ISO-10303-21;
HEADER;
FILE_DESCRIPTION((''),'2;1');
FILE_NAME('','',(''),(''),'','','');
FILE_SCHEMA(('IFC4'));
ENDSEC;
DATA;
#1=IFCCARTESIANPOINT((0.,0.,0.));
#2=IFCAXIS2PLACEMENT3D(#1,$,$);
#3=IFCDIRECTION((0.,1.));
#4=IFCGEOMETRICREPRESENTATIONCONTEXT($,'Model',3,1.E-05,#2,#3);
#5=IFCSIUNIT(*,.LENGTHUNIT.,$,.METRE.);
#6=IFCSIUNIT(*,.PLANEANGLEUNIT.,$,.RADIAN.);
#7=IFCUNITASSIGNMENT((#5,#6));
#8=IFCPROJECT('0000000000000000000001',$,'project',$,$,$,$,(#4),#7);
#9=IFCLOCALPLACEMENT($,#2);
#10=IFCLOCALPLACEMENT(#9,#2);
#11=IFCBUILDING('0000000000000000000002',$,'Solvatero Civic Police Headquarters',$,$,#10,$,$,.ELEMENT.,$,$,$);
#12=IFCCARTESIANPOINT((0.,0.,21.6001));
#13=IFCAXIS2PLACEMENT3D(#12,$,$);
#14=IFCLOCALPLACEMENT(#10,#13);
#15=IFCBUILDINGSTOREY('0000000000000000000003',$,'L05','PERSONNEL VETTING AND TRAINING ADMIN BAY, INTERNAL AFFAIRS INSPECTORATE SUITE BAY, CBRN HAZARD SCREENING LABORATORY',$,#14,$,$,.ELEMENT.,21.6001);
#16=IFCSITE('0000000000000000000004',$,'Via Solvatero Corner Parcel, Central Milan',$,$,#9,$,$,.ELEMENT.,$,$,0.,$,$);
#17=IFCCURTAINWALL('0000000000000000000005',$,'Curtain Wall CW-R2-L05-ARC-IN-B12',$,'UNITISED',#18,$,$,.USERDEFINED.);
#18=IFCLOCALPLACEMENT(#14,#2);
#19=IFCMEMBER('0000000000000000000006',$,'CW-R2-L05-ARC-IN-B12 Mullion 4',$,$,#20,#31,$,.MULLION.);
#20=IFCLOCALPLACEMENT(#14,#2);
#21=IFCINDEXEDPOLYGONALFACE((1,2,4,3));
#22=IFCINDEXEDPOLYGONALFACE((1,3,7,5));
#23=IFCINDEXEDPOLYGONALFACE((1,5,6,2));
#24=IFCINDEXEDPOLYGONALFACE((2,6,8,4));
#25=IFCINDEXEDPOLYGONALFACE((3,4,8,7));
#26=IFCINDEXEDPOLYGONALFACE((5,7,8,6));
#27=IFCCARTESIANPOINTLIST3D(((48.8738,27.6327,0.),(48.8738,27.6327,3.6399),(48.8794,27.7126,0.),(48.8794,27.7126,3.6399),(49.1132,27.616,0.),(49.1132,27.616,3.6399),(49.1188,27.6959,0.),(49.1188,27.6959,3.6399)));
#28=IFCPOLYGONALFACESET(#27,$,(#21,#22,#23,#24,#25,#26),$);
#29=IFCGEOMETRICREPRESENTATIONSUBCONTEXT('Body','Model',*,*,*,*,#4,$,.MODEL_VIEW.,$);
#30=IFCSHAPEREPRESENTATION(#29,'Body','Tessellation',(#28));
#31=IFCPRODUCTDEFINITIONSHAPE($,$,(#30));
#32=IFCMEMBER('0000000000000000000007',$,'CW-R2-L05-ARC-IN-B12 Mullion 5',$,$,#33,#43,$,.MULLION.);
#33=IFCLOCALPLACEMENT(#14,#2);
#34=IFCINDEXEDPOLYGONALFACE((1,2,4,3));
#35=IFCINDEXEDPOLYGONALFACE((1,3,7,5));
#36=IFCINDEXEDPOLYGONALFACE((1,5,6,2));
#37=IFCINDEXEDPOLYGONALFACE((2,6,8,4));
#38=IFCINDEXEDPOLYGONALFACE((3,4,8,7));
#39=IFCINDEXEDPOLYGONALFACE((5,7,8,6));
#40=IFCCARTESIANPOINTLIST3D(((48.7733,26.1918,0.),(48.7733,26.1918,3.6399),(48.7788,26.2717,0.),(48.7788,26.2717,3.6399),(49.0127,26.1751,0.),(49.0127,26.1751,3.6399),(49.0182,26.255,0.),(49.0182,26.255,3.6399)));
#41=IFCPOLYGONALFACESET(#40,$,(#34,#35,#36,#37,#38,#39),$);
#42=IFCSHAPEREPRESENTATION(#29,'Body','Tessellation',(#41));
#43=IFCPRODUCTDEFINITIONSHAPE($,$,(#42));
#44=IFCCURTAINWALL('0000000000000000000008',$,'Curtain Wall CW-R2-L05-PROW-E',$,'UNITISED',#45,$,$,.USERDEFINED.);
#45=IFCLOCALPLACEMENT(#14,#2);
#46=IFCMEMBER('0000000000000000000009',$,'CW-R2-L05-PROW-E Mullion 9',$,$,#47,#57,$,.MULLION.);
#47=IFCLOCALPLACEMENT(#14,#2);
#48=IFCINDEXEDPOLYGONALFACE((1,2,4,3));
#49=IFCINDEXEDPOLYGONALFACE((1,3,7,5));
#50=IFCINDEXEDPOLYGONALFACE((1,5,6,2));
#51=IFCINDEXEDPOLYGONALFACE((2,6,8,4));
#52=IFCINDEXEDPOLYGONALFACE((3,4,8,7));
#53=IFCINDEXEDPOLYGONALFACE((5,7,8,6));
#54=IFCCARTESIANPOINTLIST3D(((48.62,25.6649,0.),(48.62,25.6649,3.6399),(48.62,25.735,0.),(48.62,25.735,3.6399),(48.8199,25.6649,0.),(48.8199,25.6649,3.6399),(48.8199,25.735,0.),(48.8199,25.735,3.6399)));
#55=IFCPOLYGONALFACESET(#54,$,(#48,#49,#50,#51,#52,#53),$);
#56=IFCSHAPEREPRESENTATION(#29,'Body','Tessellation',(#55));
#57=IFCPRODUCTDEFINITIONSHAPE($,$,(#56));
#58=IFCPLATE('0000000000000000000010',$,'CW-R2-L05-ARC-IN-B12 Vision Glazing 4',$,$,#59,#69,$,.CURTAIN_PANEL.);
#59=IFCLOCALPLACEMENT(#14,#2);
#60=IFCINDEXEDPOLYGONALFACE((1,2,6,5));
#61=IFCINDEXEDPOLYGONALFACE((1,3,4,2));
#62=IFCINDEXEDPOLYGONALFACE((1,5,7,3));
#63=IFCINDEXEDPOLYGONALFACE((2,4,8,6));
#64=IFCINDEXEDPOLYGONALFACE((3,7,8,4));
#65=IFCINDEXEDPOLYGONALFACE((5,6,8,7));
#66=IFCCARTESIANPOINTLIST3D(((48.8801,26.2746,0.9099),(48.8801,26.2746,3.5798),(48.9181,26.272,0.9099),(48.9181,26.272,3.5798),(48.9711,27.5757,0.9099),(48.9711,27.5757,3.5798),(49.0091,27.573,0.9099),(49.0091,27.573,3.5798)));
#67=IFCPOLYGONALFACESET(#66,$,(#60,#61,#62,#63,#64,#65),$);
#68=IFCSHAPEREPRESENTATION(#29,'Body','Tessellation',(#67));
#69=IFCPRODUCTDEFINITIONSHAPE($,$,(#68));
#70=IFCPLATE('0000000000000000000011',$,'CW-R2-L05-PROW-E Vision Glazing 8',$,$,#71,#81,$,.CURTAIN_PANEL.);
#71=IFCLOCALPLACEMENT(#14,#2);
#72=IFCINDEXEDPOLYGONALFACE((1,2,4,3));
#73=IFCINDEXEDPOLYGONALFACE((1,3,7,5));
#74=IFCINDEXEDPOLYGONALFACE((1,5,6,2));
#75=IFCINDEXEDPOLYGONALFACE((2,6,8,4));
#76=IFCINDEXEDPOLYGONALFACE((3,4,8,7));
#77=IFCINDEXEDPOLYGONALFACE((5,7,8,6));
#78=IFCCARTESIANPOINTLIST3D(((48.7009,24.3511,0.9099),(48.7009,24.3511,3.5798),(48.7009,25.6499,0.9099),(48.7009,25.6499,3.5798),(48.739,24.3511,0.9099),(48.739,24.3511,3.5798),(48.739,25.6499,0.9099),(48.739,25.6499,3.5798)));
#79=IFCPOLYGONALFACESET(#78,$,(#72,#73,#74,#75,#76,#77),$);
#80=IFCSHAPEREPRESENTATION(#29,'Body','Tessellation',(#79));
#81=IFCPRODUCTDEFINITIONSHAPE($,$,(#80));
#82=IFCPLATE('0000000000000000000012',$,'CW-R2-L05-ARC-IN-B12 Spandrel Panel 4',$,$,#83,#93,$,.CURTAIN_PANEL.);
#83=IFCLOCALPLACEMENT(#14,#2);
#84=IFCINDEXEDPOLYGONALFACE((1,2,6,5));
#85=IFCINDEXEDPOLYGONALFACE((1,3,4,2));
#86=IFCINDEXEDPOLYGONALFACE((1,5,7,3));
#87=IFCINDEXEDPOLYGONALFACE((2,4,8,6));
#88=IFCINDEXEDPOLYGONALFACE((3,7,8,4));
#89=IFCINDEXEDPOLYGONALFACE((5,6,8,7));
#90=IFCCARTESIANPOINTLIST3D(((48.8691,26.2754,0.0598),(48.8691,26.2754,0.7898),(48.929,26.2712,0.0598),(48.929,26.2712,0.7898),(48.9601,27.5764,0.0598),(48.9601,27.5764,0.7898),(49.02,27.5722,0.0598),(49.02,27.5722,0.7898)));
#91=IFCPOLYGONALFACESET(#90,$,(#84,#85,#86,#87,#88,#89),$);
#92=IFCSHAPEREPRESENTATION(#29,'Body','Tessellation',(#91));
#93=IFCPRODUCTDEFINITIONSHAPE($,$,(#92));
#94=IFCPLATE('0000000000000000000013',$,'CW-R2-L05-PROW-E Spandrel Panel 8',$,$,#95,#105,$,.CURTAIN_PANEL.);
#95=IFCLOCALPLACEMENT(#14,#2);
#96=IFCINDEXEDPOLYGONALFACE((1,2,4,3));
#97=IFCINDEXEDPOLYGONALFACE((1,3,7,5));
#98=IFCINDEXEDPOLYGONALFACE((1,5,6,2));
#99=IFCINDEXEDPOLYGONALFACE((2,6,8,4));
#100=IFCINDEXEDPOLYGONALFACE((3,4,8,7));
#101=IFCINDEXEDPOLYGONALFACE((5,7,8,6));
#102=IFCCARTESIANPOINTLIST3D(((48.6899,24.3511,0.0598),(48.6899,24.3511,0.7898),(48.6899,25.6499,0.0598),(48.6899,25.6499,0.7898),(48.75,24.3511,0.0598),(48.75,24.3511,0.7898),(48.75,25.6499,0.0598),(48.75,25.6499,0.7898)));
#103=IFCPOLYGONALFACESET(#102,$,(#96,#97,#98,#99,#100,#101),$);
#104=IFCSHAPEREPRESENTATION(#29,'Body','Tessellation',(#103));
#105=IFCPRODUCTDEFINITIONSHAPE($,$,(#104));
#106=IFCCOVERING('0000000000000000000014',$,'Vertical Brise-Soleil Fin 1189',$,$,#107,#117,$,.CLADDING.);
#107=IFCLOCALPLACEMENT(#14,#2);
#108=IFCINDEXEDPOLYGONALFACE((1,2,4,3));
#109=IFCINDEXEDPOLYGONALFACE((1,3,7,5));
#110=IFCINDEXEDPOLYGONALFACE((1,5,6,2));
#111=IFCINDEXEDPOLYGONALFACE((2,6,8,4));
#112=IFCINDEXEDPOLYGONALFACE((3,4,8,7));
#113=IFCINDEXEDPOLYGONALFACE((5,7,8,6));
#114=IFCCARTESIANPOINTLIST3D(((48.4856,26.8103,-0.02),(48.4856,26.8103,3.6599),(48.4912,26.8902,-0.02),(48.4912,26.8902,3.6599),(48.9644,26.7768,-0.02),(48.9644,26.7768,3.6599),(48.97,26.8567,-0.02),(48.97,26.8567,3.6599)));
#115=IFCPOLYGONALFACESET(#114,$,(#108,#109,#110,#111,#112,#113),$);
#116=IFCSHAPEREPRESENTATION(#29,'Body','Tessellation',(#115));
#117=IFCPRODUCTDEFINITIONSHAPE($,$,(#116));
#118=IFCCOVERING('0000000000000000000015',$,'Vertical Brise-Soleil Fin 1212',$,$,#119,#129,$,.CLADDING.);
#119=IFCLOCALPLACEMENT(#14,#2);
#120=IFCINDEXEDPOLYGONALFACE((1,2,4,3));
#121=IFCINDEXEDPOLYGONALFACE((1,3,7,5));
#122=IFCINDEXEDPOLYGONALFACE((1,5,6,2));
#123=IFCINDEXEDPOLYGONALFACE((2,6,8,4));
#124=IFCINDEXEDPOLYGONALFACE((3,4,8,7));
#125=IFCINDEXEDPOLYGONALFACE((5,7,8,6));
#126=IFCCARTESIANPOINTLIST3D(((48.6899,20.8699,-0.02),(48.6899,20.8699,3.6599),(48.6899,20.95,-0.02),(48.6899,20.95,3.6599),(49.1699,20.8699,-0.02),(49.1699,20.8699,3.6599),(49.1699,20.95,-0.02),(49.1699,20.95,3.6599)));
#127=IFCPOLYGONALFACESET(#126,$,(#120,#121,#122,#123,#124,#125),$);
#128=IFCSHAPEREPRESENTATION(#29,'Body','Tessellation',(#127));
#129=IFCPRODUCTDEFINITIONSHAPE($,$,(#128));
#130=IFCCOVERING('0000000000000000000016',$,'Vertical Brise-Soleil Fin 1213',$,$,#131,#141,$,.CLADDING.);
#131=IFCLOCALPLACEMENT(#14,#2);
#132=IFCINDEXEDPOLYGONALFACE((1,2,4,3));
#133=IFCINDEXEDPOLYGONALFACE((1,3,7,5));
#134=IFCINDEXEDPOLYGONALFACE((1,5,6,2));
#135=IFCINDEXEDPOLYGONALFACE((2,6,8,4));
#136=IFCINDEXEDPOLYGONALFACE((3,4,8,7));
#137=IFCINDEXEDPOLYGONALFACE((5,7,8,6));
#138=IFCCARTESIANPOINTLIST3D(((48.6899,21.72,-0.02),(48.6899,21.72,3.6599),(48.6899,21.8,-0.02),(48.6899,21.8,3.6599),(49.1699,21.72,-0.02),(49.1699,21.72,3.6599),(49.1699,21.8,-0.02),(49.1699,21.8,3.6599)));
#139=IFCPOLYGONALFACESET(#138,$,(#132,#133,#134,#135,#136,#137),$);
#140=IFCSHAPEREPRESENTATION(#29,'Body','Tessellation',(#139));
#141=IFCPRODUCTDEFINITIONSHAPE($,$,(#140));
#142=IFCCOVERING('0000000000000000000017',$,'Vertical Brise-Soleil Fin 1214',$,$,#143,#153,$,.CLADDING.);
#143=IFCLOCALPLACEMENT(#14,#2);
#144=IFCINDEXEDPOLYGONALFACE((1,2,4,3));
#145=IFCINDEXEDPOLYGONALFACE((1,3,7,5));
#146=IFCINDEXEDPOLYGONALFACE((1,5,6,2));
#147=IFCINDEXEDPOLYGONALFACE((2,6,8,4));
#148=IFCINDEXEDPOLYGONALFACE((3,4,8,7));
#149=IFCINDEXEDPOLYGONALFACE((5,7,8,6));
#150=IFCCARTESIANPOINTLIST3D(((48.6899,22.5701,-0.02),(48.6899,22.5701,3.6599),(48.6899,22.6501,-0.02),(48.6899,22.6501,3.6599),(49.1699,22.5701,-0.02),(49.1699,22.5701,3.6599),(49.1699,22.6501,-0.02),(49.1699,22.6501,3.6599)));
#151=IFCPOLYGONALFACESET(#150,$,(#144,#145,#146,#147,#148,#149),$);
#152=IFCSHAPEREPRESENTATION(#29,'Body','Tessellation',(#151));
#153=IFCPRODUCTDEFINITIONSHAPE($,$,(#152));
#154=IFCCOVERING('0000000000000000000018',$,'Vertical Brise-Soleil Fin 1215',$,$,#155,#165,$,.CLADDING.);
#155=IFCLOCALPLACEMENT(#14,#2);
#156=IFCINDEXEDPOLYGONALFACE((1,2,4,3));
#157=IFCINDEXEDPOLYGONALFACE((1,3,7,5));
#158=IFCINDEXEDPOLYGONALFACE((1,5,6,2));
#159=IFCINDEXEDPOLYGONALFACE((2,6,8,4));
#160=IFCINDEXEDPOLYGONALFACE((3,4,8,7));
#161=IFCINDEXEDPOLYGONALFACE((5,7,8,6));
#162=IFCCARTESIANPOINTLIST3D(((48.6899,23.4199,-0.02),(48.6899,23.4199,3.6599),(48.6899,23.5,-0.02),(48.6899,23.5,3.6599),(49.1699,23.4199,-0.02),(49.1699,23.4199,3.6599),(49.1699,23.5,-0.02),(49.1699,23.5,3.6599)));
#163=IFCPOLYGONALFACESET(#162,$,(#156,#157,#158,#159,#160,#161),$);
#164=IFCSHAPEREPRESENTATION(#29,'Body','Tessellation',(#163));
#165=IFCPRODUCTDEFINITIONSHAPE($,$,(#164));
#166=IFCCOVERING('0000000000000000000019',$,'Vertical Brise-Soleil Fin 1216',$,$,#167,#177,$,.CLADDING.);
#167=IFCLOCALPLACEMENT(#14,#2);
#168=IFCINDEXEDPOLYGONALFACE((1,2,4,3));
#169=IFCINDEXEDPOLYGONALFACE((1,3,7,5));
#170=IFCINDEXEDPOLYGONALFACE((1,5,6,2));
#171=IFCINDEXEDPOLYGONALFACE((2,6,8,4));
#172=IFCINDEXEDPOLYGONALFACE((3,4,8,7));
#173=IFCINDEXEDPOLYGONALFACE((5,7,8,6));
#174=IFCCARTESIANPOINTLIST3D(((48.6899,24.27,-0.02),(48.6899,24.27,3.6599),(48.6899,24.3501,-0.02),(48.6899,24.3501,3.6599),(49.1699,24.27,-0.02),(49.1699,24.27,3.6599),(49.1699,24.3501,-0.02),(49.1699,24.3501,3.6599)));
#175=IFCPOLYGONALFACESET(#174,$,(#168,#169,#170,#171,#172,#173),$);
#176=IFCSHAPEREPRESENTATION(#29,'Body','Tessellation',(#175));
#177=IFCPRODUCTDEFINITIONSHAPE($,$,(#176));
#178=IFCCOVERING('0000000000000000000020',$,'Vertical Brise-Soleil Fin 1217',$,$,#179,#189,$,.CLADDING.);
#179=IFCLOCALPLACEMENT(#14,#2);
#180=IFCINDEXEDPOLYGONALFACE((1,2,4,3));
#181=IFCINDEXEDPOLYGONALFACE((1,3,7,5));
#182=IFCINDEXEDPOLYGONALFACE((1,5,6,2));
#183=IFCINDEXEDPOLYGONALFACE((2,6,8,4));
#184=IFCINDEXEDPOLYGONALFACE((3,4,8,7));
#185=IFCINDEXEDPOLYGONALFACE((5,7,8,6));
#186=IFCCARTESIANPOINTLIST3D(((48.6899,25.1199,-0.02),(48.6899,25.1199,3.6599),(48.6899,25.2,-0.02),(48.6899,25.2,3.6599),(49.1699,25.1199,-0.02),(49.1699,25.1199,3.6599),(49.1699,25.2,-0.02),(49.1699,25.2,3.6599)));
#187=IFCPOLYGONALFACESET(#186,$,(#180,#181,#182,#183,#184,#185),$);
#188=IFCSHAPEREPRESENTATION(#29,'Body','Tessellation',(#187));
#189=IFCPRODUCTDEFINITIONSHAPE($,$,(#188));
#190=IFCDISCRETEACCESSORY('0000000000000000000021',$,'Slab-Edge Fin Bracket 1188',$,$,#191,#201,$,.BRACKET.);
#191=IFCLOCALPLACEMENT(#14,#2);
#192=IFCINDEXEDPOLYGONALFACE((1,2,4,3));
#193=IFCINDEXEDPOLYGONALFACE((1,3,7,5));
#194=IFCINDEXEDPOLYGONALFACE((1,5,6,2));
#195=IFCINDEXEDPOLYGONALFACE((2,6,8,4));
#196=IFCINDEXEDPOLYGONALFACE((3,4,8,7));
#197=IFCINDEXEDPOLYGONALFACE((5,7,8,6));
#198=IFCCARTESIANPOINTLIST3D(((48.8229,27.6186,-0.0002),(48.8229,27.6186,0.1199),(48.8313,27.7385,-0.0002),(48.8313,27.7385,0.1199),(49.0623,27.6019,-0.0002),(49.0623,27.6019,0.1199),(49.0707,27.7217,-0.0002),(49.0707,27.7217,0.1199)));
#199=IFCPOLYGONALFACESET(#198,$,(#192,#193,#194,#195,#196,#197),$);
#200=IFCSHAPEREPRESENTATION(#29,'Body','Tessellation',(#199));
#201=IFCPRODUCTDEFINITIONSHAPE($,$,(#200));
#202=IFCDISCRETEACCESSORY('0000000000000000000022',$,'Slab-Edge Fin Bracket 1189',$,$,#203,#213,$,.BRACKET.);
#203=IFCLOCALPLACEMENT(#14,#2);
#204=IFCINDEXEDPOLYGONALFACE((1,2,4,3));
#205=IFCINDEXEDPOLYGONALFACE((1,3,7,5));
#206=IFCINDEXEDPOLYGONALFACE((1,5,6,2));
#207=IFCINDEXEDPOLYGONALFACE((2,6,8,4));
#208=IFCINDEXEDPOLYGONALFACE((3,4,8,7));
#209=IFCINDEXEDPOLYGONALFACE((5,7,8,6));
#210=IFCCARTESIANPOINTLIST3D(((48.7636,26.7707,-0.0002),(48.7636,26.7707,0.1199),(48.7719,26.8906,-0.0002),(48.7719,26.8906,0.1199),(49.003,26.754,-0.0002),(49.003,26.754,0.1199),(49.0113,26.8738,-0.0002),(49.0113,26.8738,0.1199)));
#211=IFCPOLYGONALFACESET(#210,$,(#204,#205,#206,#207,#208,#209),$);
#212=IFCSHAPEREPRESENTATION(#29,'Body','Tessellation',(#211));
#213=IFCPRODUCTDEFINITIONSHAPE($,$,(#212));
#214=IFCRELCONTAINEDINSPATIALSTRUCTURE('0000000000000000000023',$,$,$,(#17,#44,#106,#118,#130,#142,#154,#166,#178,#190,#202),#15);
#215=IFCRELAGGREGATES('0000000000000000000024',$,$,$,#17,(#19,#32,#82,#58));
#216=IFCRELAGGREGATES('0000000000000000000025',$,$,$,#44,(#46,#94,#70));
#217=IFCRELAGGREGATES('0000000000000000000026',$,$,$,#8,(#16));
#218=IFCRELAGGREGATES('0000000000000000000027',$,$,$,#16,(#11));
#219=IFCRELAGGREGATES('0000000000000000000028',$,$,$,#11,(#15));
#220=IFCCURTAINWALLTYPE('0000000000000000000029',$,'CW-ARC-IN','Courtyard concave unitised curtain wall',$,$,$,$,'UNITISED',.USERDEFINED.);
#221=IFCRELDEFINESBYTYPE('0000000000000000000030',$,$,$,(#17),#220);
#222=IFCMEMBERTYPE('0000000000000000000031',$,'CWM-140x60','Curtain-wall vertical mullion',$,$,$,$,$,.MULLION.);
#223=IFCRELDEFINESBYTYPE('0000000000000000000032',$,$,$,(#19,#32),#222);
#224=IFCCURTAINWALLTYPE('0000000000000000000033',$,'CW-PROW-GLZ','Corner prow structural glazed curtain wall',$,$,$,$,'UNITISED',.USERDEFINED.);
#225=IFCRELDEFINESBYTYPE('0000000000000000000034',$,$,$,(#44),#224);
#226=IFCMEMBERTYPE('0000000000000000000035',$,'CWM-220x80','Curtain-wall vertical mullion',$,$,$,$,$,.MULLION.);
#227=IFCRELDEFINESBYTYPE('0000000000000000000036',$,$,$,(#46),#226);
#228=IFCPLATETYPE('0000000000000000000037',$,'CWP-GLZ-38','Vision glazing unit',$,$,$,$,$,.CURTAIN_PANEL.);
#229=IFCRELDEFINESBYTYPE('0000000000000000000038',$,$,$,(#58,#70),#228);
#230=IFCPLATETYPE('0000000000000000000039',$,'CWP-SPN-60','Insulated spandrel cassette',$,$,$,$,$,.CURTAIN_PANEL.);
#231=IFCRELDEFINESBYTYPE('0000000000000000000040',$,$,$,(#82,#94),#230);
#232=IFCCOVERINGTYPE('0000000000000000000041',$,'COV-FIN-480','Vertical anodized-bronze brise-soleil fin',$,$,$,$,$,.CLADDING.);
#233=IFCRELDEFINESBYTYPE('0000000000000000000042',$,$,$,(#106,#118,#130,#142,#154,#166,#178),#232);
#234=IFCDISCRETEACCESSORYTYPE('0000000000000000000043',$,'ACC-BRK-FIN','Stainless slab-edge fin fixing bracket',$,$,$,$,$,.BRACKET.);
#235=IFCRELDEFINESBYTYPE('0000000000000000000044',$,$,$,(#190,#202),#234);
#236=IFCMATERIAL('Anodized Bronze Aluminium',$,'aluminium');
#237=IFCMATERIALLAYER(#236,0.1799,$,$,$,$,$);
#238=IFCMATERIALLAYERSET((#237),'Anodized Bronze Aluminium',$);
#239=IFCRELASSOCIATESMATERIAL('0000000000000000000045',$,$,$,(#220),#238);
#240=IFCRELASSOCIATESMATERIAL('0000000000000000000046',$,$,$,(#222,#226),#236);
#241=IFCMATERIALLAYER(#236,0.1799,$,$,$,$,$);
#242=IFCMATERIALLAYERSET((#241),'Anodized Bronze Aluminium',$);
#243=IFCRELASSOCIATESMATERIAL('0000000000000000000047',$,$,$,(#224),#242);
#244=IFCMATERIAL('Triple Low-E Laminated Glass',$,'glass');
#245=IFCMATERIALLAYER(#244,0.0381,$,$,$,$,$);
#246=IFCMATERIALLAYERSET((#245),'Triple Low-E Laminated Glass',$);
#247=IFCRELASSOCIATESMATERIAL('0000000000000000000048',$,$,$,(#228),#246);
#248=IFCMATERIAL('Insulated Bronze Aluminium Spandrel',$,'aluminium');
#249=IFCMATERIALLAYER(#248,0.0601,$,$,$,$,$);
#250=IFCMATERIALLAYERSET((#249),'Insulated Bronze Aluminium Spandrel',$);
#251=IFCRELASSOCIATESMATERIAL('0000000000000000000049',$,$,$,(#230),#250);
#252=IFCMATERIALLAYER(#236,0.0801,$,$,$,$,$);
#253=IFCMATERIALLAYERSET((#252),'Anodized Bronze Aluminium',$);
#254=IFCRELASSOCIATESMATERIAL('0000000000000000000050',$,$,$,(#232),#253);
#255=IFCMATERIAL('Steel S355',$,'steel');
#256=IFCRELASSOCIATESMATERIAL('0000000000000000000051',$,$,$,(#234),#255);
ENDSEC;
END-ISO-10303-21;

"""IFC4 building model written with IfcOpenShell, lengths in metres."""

from ifc_helpers import new_model, si_unit, direction, frame, origin, origin_2d, place, context, subcontext, project, spatial, rectangle, extrude, material, layer, layer_set, material_profile, profile_set, type_object, element, aggregate, save


model = new_model("IFC4")

# Units and contexts
model_context = context("Model", 3, precision=1e-05, world=origin(), true_north=direction((0.0, 1.0)))
body_context = subcontext(model_context, "Body", "Model", "MODEL_VIEW")
ifc_project = project(units=[si_unit("LENGTHUNIT", "METRE"), si_unit("PLANEANGLEUNIT", "RADIAN")], contexts=[model_context])

# Site, building, storey
site_placement = place(None, origin())
site = spatial("IfcSite", under=ifc_project, at=site_placement, Name="Via Solvatero Corner Parcel, Central Milan", CompositionType="ELEMENT", RefElevation=0.0)
building_placement = place(site_placement, origin())
building = spatial("IfcBuilding", under=site, at=building_placement, Name="Solvatero Civic Police Headquarters", CompositionType="ELEMENT")
storey_placement = place(building_placement, frame((0.0, 0.0, 21.6001)))
storey = spatial("IfcBuildingStorey", under=building, at=storey_placement, Name="L05", Description="PERSONNEL VETTING AND TRAINING ADMIN BAY, INTERNAL AFFAIRS INSPECTORATE SUITE BAY, CBRN HAZARD SCREENING LABORATORY", CompositionType="ELEMENT", Elevation=21.6001)

# Curtain wall, members
ifc_material_1 = material(Name="Anodized Bronze Aluminium", Category="aluminium")
ifc_layer_1 = layer(ifc_material_1, 0.1799)
ifc_layer_set_1 = layer_set([ifc_layer_1], Name="Anodized Bronze Aluminium")
curtain_wall_type_1 = type_object("IfcCurtainWallType", Name="CW-ARC-IN", Description="Courtyard concave unitised curtain wall", ElementType="UNITISED", PredefinedType="USERDEFINED", material=ifc_layer_set_1)
curtain_wall_1_placement = place(storey_placement, origin())
curtain_wall_1 = element("IfcCurtainWall", 1, at=curtain_wall_1_placement, inside=storey, type_object=curtain_wall_type_1, Name="Curtain Wall CW-R2-L05-ARC-IN-B12", ObjectType="UNITISED", PredefinedType="USERDEFINED")
ifc_material_profile_1 = material_profile(ifc_material_1, rectangle(XDim=0.0801, YDim=0.24, at=origin_2d()), Name="ALU MULLION 80x240")
ifc_profile_set_1 = profile_set([ifc_material_profile_1], Name="Anodized Bronze Aluminium")
member_type_1 = type_object("IfcMemberType", Name="CWM-140x60", Description="Curtain-wall vertical mullion", PredefinedType="MULLION", material=ifc_profile_set_1)
member_1_placement = place(storey_placement, frame((48.9963, 27.6643, 0.0), z_axis=(0.0, 0.0, 1.0), x_axis=(-0.069774, -0.997563, 0.0)))
member_1 = element("IfcMember", 2, at=member_1_placement, type_object=member_type_1, Name="CW-R2-L05-ARC-IN-B12 Mullion 4", PredefinedType="MULLION", context=body_context, shape_type="SweptSolid", body=[
    extrude(rectangle(XDim=0.0801, YDim=0.24, at=origin_2d()), origin(), (0.0, 0.0, 1.0), 3.6399),
])
member_2_placement = place(storey_placement, frame((48.8958, 26.2234, 0.0), z_axis=(0.0, 0.0, 1.0), x_axis=(-0.069774, -0.997563, 0.0)))
member_2 = element("IfcMember", 3, at=member_2_placement, type_object=member_type_1, Name="CW-R2-L05-ARC-IN-B12 Mullion 5", PredefinedType="MULLION", context=body_context, shape_type="SweptSolid", body=[
    extrude(rectangle(XDim=0.0801, YDim=0.24, at=origin_2d()), origin(), (0.0, 0.0, 1.0), 3.6399),
])

# Curtain wall, member
ifc_layer_2 = layer(ifc_material_1, 0.1799)
ifc_layer_set_2 = layer_set([ifc_layer_2], Name="Anodized Bronze Aluminium")
curtain_wall_type_2 = type_object("IfcCurtainWallType", Name="CW-PROW-GLZ", Description="Corner prow structural glazed curtain wall", ElementType="UNITISED", PredefinedType="USERDEFINED", material=ifc_layer_set_2)
curtain_wall_2_placement = place(storey_placement, origin())
curtain_wall_2 = element("IfcCurtainWall", 4, at=curtain_wall_2_placement, inside=storey, type_object=curtain_wall_type_2, Name="Curtain Wall CW-R2-L05-PROW-E", ObjectType="UNITISED", PredefinedType="USERDEFINED")
ifc_material_profile_2 = material_profile(ifc_material_1, rectangle(XDim=0.0701, YDim=0.2, at=origin_2d()), Name="ALU MULLION 70x200")
ifc_profile_set_2 = profile_set([ifc_material_profile_2], Name="Anodized Bronze Aluminium")
member_type_2 = type_object("IfcMemberType", Name="CWM-220x80", Description="Curtain-wall vertical mullion", PredefinedType="MULLION", material=ifc_profile_set_2)
member_3_placement = place(storey_placement, frame((48.72, 25.7, 0.0), z_axis=(0.0, 0.0, 1.0), x_axis=(0.0, 1.0, 0.0)))
member_3 = element("IfcMember", 5, at=member_3_placement, type_object=member_type_2, Name="CW-R2-L05-PROW-E Mullion 9", PredefinedType="MULLION", context=body_context, shape_type="SweptSolid", body=[
    extrude(rectangle(XDim=0.0701, YDim=0.2, at=origin_2d()), origin(), (0.0, 0.0, 1.0), 3.6399),
])

# Plates
ifc_material_2 = material(Name="Triple Low-E Laminated Glass", Category="glass")
ifc_layer_3 = layer(ifc_material_2, 0.0381)
ifc_layer_set_3 = layer_set([ifc_layer_3], Name="Triple Low-E Laminated Glass")
plate_type_1 = type_object("IfcPlateType", Name="CWP-GLZ-38", Description="Vision glazing unit", PredefinedType="CURTAIN_PANEL", material=ifc_layer_set_3)
plate_1_placement = place(storey_placement, frame((48.9446, 26.9238, 0.9099), z_axis=(0.0, 0.0, 1.0), x_axis=(-0.069774, -0.997563, 0.0)))
plate_1 = element("IfcPlate", 6, at=plate_1_placement, type_object=plate_type_1, Name="CW-R2-L05-ARC-IN-B12 Vision Glazing 4", PredefinedType="CURTAIN_PANEL", context=body_context, shape_type="SweptSolid", body=[
    extrude(rectangle(XDim=1.3042, YDim=0.0381, at=origin_2d()), origin(), (0.0, 0.0, 1.0), 2.6699),
])
plate_2_placement = place(storey_placement, frame((48.72, 25.0005, 0.9099), z_axis=(0.0, 0.0, 1.0), x_axis=(0.0, 1.0, 0.0)))
plate_2 = element("IfcPlate", 7, at=plate_2_placement, type_object=plate_type_1, Name="CW-R2-L05-PROW-E Vision Glazing 8", PredefinedType="CURTAIN_PANEL", context=body_context, shape_type="SweptSolid", body=[
    extrude(rectangle(XDim=1.2988, YDim=0.0381, at=origin_2d()), origin(), (0.0, 0.0, 1.0), 2.6699),
])
ifc_material_3 = material(Name="Insulated Bronze Aluminium Spandrel", Category="aluminium")
ifc_layer_4 = layer(ifc_material_3, 0.0601)
ifc_layer_set_4 = layer_set([ifc_layer_4], Name="Insulated Bronze Aluminium Spandrel")
plate_type_2 = type_object("IfcPlateType", Name="CWP-SPN-60", Description="Insulated spandrel cassette", PredefinedType="CURTAIN_PANEL", material=ifc_layer_set_4)
plate_3_placement = place(storey_placement, frame((48.9446, 26.9238, 0.0598), z_axis=(0.0, 0.0, 1.0), x_axis=(-0.069774, -0.997563, 0.0)))
plate_3 = element("IfcPlate", 8, at=plate_3_placement, type_object=plate_type_2, Name="CW-R2-L05-ARC-IN-B12 Spandrel Panel 4", PredefinedType="CURTAIN_PANEL", context=body_context, shape_type="SweptSolid", body=[
    extrude(rectangle(XDim=1.3042, YDim=0.0601, at=origin_2d()), origin(), (0.0, 0.0, 1.0), 0.73),
])
aggregate(curtain_wall_1, [member_1, member_2, plate_3, plate_1])
plate_4_placement = place(storey_placement, frame((48.72, 25.0005, 0.0598), z_axis=(0.0, 0.0, 1.0), x_axis=(0.0, 1.0, 0.0)))
plate_4 = element("IfcPlate", 9, at=plate_4_placement, type_object=plate_type_2, Name="CW-R2-L05-PROW-E Spandrel Panel 8", PredefinedType="CURTAIN_PANEL", context=body_context, shape_type="SweptSolid", body=[
    extrude(rectangle(XDim=1.2988, YDim=0.0601, at=origin_2d()), origin(), (0.0, 0.0, 1.0), 0.73),
])
aggregate(curtain_wall_2, [member_3, plate_4, plate_2])

# Coverings
ifc_layer_5 = layer(ifc_material_1, 0.0801)
ifc_layer_set_5 = layer_set([ifc_layer_5], Name="Anodized Bronze Aluminium")
covering_type = type_object("IfcCoveringType", Name="COV-FIN-480", Description="Vertical anodized-bronze brise-soleil fin", PredefinedType="CLADDING", material=ifc_layer_set_5)
for number, where, z_axis, x_axis, name in (
    (10, (48.7278, 26.8335, -0.02), (0.0, 0.0, 1.0), (-0.069774, -0.997563, 0.0), "Vertical Brise-Soleil Fin 1189"),
    (11, (48.9299, 20.9099, -0.02), (0.0, 0.0, 1.0), (0.0, 1.0, 0.0), "Vertical Brise-Soleil Fin 1212"),
    (12, (48.9299, 21.76, -0.02), (0.0, 0.0, 1.0), (0.0, 1.0, 0.0), "Vertical Brise-Soleil Fin 1213"),
    (13, (48.9299, 22.6101, -0.02), (0.0, 0.0, 1.0), (0.0, 1.0, 0.0), "Vertical Brise-Soleil Fin 1214"),
    (14, (48.9299, 23.46, -0.02), (0.0, 0.0, 1.0), (0.0, 1.0, 0.0), "Vertical Brise-Soleil Fin 1215"),
    (15, (48.9299, 24.3101, -0.02), (0.0, 0.0, 1.0), (0.0, 1.0, 0.0), "Vertical Brise-Soleil Fin 1216"),
    (16, (48.9299, 25.1599, -0.02), (0.0, 0.0, 1.0), (0.0, 1.0, 0.0), "Vertical Brise-Soleil Fin 1217"),
):
    element("IfcCovering", number, at=place(storey_placement, frame(where, z_axis=z_axis, x_axis=x_axis)), inside=storey, type_object=covering_type, Name=name, PredefinedType="CLADDING", context=body_context, shape_type="SweptSolid", body=[
        extrude(rectangle(XDim=0.0801, YDim=0.48, at=origin_2d()), origin(), (0.0, 0.0, 1.0), 3.6799),
    ])

# Discrete accessories
ifc_material_4 = material(Name="Steel S355", Category="steel")
discrete_accessory_type = type_object("IfcDiscreteAccessoryType", Name="ACC-BRK-FIN", Description="Stainless slab-edge fin fixing bracket", PredefinedType="BRACKET", material=ifc_material_4)
for number, where, z_axis, x_axis, name in (
    (17, (48.9468, 27.6702, -0.0002), (0.0, 0.0, 1.0), (-0.069774, -0.997563, 0.0), "Slab-Edge Fin Bracket 1188"),
    (18, (48.8875, 26.8223, -0.0002), (0.0, 0.0, 1.0), (-0.069774, -0.997563, 0.0), "Slab-Edge Fin Bracket 1189"),
):
    element("IfcDiscreteAccessory", number, at=place(storey_placement, frame(where, z_axis=z_axis, x_axis=x_axis)), inside=storey, type_object=discrete_accessory_type, Name=name, PredefinedType="BRACKET", context=body_context, shape_type="SweptSolid", body=[
        extrude(rectangle(XDim=0.1201, YDim=0.24, at=origin_2d()), origin(), (0.0, 0.0, 1.0), 0.1201),
    ])

save(model, "model.ifc")
